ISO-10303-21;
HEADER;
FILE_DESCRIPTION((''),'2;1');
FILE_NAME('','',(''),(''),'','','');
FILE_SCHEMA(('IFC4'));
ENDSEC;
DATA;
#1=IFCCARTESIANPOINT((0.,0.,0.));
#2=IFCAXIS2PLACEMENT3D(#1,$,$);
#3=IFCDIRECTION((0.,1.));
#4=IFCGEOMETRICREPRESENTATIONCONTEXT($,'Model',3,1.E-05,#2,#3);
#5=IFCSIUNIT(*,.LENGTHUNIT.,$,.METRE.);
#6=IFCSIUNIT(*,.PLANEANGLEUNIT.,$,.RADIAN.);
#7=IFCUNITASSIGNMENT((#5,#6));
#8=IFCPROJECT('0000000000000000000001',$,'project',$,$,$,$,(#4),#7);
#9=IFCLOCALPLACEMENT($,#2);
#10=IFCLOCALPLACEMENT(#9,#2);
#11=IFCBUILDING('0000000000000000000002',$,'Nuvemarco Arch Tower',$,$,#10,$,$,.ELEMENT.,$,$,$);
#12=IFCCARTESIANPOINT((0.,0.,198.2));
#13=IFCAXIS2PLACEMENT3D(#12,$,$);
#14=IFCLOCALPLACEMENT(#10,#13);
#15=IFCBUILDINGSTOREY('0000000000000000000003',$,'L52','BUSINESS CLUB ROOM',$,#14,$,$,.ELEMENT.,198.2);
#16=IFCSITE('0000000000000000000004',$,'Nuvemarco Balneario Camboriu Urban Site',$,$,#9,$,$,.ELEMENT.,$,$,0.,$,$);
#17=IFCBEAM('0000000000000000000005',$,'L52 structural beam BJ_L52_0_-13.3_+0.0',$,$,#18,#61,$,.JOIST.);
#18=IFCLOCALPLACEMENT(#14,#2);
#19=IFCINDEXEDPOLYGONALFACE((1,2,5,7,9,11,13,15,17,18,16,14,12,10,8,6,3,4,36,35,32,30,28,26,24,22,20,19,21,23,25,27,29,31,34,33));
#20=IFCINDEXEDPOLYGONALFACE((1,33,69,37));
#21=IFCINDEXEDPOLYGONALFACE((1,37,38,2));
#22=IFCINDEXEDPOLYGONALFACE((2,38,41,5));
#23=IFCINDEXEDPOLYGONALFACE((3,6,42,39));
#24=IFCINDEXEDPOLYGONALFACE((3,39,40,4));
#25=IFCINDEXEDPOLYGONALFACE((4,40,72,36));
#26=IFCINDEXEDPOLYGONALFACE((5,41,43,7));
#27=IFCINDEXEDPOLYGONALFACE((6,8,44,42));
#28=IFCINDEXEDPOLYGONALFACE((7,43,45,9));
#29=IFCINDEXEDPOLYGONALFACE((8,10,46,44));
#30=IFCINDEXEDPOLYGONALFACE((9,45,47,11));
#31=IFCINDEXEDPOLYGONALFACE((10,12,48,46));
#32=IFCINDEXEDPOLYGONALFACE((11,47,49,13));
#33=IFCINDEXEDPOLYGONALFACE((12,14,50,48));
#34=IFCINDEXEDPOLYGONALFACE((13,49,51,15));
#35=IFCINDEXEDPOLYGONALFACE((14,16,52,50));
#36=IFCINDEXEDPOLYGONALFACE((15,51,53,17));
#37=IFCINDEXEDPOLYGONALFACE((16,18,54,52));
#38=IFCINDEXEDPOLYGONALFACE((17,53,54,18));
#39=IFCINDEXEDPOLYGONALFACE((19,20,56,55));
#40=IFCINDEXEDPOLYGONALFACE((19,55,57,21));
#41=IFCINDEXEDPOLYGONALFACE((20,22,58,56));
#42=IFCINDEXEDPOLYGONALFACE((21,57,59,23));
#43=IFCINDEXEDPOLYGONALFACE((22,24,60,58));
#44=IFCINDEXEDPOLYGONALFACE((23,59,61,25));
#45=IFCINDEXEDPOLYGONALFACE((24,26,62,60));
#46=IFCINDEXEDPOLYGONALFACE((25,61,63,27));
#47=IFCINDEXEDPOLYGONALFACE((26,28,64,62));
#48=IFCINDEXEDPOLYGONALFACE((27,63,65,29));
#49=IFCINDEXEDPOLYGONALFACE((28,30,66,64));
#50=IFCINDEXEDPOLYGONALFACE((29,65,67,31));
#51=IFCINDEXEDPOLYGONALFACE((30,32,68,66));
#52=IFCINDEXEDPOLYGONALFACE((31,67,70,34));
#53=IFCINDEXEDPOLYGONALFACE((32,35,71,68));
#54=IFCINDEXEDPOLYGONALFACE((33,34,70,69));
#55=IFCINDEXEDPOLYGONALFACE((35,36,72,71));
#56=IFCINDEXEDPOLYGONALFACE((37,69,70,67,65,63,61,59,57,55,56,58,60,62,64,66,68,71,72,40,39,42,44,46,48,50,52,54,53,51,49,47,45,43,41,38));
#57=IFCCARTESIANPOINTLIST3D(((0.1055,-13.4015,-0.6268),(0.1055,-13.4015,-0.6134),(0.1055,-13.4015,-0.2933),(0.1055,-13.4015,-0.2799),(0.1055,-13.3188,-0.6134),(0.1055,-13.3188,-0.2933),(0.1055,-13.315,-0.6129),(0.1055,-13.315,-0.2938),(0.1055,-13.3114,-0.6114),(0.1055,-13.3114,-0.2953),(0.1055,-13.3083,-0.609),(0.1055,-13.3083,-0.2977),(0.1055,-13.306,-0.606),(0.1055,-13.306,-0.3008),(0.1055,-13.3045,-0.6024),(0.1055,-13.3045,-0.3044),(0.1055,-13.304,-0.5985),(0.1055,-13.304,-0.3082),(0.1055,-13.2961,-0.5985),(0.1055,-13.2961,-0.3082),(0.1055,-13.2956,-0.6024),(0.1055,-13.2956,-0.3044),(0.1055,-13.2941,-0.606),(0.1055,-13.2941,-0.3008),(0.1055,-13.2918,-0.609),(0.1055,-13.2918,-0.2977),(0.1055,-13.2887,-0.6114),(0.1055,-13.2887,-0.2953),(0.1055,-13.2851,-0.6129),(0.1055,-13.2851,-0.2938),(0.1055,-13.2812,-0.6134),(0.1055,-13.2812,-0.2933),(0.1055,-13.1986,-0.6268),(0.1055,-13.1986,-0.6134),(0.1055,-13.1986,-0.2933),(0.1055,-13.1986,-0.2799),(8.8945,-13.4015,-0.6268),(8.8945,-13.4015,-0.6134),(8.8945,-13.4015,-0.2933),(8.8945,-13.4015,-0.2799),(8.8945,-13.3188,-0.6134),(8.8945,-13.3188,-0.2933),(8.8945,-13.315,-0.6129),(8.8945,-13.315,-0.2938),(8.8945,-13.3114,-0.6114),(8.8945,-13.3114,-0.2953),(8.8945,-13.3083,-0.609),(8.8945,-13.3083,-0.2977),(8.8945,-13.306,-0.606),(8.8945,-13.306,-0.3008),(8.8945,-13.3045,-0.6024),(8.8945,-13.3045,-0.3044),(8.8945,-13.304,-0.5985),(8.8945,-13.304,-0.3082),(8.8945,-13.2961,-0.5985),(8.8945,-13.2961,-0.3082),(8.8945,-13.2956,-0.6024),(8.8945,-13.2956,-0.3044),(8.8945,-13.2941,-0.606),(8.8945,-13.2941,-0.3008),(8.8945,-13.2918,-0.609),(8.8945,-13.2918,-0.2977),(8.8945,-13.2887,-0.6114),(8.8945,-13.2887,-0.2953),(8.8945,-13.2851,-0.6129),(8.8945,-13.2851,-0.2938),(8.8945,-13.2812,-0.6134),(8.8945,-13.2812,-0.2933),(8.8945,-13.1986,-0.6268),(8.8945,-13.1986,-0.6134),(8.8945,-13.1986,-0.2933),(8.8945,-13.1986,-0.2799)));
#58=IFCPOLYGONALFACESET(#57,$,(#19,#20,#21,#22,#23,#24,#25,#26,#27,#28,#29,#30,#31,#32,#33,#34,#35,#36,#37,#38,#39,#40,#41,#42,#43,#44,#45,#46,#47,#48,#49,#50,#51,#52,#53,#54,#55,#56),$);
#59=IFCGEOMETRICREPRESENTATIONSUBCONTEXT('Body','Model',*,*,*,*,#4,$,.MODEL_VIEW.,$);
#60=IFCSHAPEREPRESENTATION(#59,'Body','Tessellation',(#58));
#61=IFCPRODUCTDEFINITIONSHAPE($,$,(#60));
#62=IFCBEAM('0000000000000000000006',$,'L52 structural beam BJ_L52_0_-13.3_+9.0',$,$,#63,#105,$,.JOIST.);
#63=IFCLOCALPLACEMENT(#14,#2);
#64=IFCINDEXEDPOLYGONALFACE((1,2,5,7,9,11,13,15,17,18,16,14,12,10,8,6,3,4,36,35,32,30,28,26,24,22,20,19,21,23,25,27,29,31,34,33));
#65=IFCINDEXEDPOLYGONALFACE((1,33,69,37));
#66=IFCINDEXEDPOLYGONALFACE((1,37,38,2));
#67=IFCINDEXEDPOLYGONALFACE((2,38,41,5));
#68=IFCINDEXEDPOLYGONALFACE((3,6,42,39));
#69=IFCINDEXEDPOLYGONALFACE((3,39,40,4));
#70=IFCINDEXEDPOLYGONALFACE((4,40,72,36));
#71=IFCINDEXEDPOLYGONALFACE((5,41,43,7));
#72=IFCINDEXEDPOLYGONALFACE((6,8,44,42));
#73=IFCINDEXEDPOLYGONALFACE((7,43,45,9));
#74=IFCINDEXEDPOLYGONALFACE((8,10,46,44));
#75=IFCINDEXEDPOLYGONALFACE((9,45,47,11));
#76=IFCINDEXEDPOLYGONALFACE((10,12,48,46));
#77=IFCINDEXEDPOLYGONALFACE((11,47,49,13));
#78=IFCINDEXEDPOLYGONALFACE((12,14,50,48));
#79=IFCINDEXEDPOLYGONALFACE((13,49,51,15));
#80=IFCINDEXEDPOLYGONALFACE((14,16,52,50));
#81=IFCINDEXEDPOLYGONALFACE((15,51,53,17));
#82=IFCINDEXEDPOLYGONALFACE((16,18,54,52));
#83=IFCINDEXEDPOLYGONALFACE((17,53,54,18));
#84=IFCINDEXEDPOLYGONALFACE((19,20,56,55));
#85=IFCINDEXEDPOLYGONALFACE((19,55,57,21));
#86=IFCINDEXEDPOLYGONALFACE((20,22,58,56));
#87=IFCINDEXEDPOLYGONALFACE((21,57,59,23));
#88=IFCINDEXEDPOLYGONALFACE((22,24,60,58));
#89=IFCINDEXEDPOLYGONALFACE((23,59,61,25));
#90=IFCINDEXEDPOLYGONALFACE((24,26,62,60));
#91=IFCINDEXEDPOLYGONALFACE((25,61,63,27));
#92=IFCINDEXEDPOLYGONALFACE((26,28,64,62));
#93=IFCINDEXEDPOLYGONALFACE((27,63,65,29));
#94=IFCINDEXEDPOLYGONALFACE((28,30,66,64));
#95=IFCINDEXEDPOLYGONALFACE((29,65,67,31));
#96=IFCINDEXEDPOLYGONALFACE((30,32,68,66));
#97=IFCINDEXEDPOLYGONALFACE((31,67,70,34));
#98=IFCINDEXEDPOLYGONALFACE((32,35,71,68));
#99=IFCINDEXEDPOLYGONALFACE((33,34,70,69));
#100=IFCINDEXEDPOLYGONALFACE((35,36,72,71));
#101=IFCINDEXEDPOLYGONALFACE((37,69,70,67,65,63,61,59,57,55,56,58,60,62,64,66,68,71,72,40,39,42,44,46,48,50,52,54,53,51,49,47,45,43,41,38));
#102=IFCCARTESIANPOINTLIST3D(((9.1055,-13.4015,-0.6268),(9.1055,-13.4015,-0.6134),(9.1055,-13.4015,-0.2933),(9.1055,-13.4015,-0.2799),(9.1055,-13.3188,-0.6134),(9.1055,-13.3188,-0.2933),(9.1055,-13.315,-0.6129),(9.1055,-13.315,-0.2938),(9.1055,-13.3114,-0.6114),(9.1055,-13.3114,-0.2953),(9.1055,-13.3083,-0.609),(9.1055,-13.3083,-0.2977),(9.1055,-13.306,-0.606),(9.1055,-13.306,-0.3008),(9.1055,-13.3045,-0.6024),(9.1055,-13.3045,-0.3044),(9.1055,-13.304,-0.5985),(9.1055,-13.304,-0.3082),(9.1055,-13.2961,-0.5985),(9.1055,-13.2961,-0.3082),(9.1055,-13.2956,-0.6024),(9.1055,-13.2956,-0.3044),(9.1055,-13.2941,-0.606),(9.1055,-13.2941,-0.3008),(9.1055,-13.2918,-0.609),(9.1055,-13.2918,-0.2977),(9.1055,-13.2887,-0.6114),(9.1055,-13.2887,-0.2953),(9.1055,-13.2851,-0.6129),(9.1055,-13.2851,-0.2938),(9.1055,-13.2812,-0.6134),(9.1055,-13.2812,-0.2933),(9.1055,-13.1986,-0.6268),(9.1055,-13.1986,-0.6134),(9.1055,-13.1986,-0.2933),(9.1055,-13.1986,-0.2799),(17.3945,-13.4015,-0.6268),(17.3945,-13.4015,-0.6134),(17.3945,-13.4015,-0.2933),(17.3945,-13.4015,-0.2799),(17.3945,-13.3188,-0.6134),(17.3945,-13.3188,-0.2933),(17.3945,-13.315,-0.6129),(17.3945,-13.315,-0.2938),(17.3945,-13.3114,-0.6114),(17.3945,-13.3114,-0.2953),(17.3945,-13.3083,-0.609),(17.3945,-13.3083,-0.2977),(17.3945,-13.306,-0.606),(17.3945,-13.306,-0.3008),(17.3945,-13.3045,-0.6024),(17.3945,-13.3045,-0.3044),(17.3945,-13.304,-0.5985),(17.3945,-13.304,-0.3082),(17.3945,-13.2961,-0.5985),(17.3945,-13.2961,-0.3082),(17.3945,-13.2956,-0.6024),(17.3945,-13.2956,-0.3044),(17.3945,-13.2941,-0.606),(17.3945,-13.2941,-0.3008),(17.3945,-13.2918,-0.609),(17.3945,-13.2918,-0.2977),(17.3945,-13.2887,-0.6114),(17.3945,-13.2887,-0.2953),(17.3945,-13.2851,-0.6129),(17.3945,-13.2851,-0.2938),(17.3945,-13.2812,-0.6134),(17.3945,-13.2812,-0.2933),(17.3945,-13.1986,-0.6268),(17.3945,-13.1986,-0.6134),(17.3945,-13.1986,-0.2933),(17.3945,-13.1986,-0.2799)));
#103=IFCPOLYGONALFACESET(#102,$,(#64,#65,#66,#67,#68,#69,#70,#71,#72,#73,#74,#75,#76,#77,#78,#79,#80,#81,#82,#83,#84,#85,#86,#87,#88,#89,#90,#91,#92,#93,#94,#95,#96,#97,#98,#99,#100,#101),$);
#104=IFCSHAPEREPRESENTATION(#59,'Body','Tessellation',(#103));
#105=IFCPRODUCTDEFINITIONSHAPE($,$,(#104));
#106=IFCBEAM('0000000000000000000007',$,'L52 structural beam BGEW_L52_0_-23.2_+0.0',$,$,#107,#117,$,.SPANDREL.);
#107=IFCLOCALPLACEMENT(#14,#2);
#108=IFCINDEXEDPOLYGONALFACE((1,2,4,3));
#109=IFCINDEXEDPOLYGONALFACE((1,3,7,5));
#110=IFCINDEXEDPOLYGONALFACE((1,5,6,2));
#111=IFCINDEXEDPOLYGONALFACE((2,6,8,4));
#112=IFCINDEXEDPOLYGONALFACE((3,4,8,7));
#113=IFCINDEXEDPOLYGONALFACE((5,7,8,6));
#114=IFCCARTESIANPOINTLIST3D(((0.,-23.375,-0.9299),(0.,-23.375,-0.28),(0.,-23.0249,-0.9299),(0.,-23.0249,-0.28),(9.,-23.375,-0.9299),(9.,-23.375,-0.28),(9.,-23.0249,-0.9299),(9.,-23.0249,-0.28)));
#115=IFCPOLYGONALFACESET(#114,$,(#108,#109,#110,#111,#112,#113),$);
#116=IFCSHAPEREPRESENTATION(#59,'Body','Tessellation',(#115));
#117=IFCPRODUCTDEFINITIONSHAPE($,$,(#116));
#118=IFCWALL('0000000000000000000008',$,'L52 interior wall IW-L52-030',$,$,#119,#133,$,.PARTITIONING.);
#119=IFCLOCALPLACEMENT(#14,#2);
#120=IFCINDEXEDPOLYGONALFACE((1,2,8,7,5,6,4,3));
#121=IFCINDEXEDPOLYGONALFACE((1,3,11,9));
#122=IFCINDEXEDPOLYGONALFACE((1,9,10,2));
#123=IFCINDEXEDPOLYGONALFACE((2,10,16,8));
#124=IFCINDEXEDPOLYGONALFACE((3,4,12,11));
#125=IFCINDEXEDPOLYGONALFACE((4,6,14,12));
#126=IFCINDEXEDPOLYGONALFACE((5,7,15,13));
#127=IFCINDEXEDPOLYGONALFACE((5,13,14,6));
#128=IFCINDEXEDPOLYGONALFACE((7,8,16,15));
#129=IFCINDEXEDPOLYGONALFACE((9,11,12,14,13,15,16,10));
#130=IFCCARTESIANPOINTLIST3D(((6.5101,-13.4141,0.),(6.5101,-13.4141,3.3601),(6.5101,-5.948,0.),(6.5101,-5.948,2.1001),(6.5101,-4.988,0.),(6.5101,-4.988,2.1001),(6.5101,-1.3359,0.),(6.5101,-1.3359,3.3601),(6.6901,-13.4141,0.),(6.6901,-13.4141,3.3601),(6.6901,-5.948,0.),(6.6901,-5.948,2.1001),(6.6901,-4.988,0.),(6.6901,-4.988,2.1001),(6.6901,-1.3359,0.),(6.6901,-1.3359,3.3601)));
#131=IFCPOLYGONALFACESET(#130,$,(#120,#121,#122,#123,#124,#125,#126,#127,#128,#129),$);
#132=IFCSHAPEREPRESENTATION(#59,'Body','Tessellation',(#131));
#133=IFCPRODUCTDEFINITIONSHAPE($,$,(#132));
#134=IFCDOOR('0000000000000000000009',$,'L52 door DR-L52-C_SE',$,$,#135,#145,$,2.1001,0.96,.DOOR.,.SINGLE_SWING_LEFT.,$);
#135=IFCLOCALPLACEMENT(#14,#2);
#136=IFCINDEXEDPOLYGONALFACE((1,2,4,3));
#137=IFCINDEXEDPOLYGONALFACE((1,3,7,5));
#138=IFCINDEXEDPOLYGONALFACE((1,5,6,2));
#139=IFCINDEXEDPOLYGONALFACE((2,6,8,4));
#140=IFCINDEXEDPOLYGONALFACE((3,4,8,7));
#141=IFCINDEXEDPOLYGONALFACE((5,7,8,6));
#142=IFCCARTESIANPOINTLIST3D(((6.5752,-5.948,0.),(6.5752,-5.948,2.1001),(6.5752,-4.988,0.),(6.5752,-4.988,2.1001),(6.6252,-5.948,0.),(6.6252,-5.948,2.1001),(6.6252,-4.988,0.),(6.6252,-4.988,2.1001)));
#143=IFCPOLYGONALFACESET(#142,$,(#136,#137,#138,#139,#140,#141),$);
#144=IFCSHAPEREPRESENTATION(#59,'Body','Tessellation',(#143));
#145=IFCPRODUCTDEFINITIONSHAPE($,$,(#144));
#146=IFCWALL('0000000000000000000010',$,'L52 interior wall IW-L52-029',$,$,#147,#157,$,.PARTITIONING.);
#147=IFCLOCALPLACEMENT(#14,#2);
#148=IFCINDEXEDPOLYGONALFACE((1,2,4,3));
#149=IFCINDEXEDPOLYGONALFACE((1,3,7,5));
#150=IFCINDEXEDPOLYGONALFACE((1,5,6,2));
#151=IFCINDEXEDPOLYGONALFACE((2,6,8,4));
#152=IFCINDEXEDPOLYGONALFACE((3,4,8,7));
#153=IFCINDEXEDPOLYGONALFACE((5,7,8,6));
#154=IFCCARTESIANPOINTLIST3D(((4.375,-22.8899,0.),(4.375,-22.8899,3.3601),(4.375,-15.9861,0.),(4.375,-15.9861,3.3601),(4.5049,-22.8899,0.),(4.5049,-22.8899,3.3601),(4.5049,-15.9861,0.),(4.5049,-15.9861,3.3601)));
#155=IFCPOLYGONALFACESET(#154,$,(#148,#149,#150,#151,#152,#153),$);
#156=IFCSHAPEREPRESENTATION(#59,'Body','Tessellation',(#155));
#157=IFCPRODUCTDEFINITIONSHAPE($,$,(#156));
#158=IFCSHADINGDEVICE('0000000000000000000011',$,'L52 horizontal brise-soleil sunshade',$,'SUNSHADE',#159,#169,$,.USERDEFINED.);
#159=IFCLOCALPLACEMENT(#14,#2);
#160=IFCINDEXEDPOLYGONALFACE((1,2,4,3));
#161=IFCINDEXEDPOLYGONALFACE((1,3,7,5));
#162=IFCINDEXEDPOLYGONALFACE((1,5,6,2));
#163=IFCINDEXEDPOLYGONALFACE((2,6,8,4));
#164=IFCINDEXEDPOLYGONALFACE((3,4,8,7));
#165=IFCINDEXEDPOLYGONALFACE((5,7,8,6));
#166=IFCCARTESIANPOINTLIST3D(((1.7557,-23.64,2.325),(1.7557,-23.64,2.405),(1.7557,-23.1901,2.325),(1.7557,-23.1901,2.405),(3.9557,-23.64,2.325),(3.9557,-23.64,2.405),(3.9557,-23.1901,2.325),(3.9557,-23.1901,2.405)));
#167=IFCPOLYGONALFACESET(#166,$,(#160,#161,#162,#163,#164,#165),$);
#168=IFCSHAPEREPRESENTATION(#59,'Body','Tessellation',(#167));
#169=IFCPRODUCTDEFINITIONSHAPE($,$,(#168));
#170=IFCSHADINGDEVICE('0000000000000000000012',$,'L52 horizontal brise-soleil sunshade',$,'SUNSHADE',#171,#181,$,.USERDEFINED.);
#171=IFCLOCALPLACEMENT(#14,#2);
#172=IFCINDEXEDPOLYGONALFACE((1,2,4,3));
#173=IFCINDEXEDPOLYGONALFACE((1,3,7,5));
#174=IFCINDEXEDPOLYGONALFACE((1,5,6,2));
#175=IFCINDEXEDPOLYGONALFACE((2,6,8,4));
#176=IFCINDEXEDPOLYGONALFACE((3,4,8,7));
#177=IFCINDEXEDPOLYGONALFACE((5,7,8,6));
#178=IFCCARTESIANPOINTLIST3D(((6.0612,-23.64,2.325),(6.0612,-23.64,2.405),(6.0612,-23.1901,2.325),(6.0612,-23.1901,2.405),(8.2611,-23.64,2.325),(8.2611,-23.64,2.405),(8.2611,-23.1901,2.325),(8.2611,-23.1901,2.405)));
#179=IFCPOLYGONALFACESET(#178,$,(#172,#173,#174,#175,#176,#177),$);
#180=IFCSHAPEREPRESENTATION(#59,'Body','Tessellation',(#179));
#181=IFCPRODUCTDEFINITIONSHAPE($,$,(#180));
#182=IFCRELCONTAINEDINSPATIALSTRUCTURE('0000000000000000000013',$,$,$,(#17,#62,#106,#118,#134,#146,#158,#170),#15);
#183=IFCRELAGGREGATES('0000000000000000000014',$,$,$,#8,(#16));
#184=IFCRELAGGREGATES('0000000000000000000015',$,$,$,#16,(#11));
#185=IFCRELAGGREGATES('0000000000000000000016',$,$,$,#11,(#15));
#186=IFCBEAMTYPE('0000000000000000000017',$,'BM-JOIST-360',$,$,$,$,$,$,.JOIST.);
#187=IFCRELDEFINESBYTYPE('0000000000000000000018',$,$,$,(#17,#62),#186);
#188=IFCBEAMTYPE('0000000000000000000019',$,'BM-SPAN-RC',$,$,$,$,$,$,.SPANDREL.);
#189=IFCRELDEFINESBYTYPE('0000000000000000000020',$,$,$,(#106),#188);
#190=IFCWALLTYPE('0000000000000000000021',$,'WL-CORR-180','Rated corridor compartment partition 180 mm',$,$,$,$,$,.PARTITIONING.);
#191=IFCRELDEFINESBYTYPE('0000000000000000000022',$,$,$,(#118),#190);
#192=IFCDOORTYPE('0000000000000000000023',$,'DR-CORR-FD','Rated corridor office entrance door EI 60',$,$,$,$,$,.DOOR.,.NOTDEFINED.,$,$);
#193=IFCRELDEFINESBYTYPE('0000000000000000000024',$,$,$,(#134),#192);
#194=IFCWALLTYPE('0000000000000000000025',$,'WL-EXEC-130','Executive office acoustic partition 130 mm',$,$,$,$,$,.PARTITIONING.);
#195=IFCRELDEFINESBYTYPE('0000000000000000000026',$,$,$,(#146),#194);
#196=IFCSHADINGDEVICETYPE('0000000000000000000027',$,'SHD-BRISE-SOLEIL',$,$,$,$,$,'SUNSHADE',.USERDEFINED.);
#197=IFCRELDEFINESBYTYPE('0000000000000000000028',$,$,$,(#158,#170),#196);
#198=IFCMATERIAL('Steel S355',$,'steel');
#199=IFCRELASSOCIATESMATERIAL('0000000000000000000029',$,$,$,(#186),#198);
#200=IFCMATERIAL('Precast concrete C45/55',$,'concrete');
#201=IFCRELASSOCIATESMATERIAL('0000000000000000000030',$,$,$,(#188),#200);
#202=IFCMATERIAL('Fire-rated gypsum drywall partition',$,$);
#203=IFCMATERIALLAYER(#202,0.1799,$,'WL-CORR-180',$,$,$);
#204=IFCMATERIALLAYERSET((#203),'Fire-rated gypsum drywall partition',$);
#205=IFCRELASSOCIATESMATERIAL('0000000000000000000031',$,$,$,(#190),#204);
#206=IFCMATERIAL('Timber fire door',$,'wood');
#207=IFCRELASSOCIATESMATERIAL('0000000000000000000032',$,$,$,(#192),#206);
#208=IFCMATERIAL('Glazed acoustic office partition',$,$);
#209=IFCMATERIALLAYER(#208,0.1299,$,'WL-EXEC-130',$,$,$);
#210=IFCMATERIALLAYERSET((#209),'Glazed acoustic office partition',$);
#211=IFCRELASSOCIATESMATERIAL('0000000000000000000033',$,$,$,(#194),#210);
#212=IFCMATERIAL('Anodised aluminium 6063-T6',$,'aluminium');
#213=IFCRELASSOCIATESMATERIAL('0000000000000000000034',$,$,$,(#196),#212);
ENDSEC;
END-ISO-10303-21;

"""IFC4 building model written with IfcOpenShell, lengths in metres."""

from ifc_helpers import new_model, si_unit, direction, frame, frame_2d, origin, origin_2d, place, context, subcontext, project, spatial, rectangle, i_section, extrude, source, transform, mapped, material, layer, layer_set, material_profile, profile_set, type_object, type_shapes, element, fill, save


model = new_model("IFC4")

# Units and contexts
model_context = context("Model", 3, precision=1e-05, world=origin(), true_north=direction((0.0, 1.0)))
body_context = subcontext(model_context, "Body", "Model", "MODEL_VIEW")
ifc_project = project(units=[si_unit("LENGTHUNIT", "METRE"), si_unit("PLANEANGLEUNIT", "RADIAN")], contexts=[model_context])

# Site, building, storey
site_placement = place(None, origin())
site = spatial("IfcSite", under=ifc_project, at=site_placement, Name="Nuvemarco Balneario Camboriu Urban Site", CompositionType="ELEMENT", RefElevation=0.0)
building_placement = place(site_placement, origin())
building = spatial("IfcBuilding", under=site, at=building_placement, Name="Nuvemarco Arch Tower", CompositionType="ELEMENT")
storey_placement = place(building_placement, frame((0.0, 0.0, 198.2)))
storey = spatial("IfcBuildingStorey", under=building, at=storey_placement, Name="L52", Description="BUSINESS CLUB ROOM", CompositionType="ELEMENT", Elevation=198.2)

# Shared definitions
ifc_material_1 = material(Name="Steel S355", Category="steel")

# Beams
ifc_material_profile_1 = material_profile(ifc_material_1, i_section(OverallWidth=0.2029, OverallDepth=0.3469, WebThickness=0.0078, FlangeThickness=0.0134, FilletRadius=0.0149, at=origin_2d()), Name="W360x64")
ifc_profile_set_1 = profile_set([ifc_material_profile_1], Name="Steel S355")
beam_type_1 = type_object("IfcBeamType", Name="BM-JOIST-360", PredefinedType="JOIST", material=ifc_profile_set_1)
beam_1_placement = place(storey_placement, frame((0.1055, -13.3, -0.4534), z_axis=(1.0, 0.0, 0.0), x_axis=(0.0, 1.0, 0.0)))
element("IfcBeam", 1, at=beam_1_placement, inside=storey, type_object=beam_type_1, Name="L52 structural beam BJ_L52_0_-13.3_+0.0", PredefinedType="JOIST", context=body_context, shape_type="SweptSolid", body=[
    extrude(i_section(OverallWidth=0.2029, OverallDepth=0.3469, WebThickness=0.0078, FlangeThickness=0.0134, FilletRadius=0.0149, at=origin_2d()), origin(), (0.0, 0.0, 1.0), 8.7891),
])
beam_2_placement = place(storey_placement, frame((9.1055, -13.3, -0.4534), z_axis=(1.0, 0.0, 0.0), x_axis=(0.0, 1.0, 0.0)))
element("IfcBeam", 2, at=beam_2_placement, inside=storey, type_object=beam_type_1, Name="L52 structural beam BJ_L52_0_-13.3_+9.0", PredefinedType="JOIST", context=body_context, shape_type="SweptSolid", body=[
    extrude(i_section(OverallWidth=0.2029, OverallDepth=0.3469, WebThickness=0.0078, FlangeThickness=0.0134, FilletRadius=0.0149, at=origin_2d()), origin(), (0.0, 0.0, 1.0), 8.2891),
])
ifc_material_2 = material(Name="Precast concrete C45/55", Category="concrete")
ifc_material_profile_2 = material_profile(ifc_material_2, rectangle(XDim=0.3501, YDim=0.6499, at=origin_2d()), Name="PC-SP-350x650")
ifc_profile_set_2 = profile_set([ifc_material_profile_2], Name="Precast concrete C45/55")
beam_type_2 = type_object("IfcBeamType", Name="BM-SPAN-RC", PredefinedType="SPANDREL", material=ifc_profile_set_2)
beam_3_placement = place(storey_placement, frame((0.0, -23.2, -0.605), z_axis=(1.0, 0.0, 0.0), x_axis=(0.0, 1.0, 0.0)))
element("IfcBeam", 3, at=beam_3_placement, inside=storey, type_object=beam_type_2, Name="L52 structural beam BGEW_L52_0_-23.2_+0.0", PredefinedType="SPANDREL", context=body_context, shape_type="SweptSolid", body=[
    extrude(rectangle(XDim=0.3501, YDim=0.6499, at=origin_2d()), origin(), (0.0, 0.0, 1.0), 9.0),
])

# Wall, opening, door
ifc_material_3 = material(Name="Fire-rated gypsum drywall partition")
ifc_layer_1 = layer(ifc_material_3, 0.1799, Name="WL-CORR-180")
ifc_layer_set_1 = layer_set([ifc_layer_1], Name="Fire-rated gypsum drywall partition")
wall_type_1 = type_object("IfcWallType", Name="WL-CORR-180", Description="Rated corridor compartment partition 180 mm", PredefinedType="PARTITIONING", material=ifc_layer_set_1)
wall_1_placement = place(storey_placement, frame((6.6001, -13.4141, 0.0), z_axis=(0.0, 0.0, 1.0), x_axis=(0.0, 1.0, 0.0)))
wall_1 = element("IfcWall", 4, at=wall_1_placement, inside=storey, type_object=wall_type_1, Name="L52 interior wall IW-L52-030", PredefinedType="PARTITIONING", context=body_context, shape_type="SweptSolid", body=[
    extrude(rectangle(XDim=12.0781, YDim=0.1799, at=frame_2d((6.0391, 0.0))), origin(), (0.0, 0.0, 1.0), 3.3601),
])
opening_placement = place(wall_1_placement, frame((7.4661, 0.0, 0.0)))
opening = element("IfcOpeningElement", 5, at=opening_placement, cuts=wall_1, PredefinedType="OPENING", context=body_context, shape_type="SweptSolid", body=[
    extrude(rectangle(XDim=0.96, YDim=2.1001, at=frame_2d((0.48, 1.05))), frame((0.0, 0.0999, 0.0), z_axis=(0.0, -1.0, 0.0), x_axis=(1.0, 0.0, 0.0)), (0.0, 0.0, 1.0), 0.2),
])
ifc_material_4 = material(Name="Timber fire door", Category="wood")
door_type = type_object("IfcDoorType", Name="DR-CORR-FD", Description="Rated corridor office entrance door EI 60", OperationType="NOTDEFINED", PredefinedType="DOOR", material=ifc_material_4)
shared_shape_1 = source(origin(), body_context, "Body", "SweptSolid", [
    extrude(rectangle(XDim=0.96, YDim=2.1001, at=frame_2d((0.48, 1.05))), frame((0.0, 0.0249, 0.0), z_axis=(0.0, -1.0, 0.0), x_axis=(1.0, 0.0, 0.0)), (0.0, 0.0, 1.0), 0.05),
])
type_shapes(door_type, [shared_shape_1])
door_placement = place(opening_placement, origin())
door = element("IfcDoor", 6, at=door_placement, inside=storey, type_object=door_type, Name="L52 door DR-L52-C_SE", OperationType="SINGLE_SWING_LEFT", OverallHeight=2.1001, OverallWidth=0.96, PredefinedType="DOOR", context=body_context, shape_type="MappedRepresentation", body=[
    mapped(shared_shape_1, transform((0.0, 0.0, 0.0), scale=1.0)),
])
fill(opening, door)

# Wall
ifc_material_5 = material(Name="Glazed acoustic office partition")
ifc_layer_2 = layer(ifc_material_5, 0.1299, Name="WL-EXEC-130")
ifc_layer_set_2 = layer_set([ifc_layer_2], Name="Glazed acoustic office partition")
wall_type_2 = type_object("IfcWallType", Name="WL-EXEC-130", Description="Executive office acoustic partition 130 mm", PredefinedType="PARTITIONING", material=ifc_layer_set_2)
wall_2_placement = place(storey_placement, frame((4.4399, -22.8899, 0.0), z_axis=(0.0, 0.0, 1.0), x_axis=(0.0, 1.0, 0.0)))
element("IfcWall", 7, at=wall_2_placement, inside=storey, type_object=wall_type_2, Name="L52 interior wall IW-L52-029", PredefinedType="PARTITIONING", context=body_context, shape_type="SweptSolid", body=[
    extrude(rectangle(XDim=6.9038, YDim=0.1299, at=frame_2d((3.4519, 0.0))), origin(), (0.0, 0.0, 1.0), 3.3601),
])

# Shading devices
ifc_material_6 = material(Name="Anodised aluminium 6063-T6", Category="aluminium")
shading_device_type = type_object("IfcShadingDeviceType", Name="SHD-BRISE-SOLEIL", ElementType="SUNSHADE", PredefinedType="USERDEFINED", material=ifc_material_6)
shared_shape_2 = source(origin(), body_context, "Body", "SweptSolid", [
    extrude(rectangle(XDim=2.2, YDim=0.45, at=origin_2d()), origin(), (0.0, 0.0, 1.0), 0.0801),
])
type_shapes(shading_device_type, [shared_shape_2])
for number, where, z_axis, x_axis, name in (
    (8, (2.8557, -23.415, 2.325), (0.0, 0.0, 1.0), (1.0, 0.0, 0.0), "L52 horizontal brise-soleil sunshade"),
    (9, (7.1611, -23.415, 2.325), (0.0, 0.0, 1.0), (1.0, 0.0, 0.0), "L52 horizontal brise-soleil sunshade"),
):
    element("IfcShadingDevice", number, at=place(storey_placement, frame(where, z_axis=z_axis, x_axis=x_axis)), inside=storey, type_object=shading_device_type, Name=name, ObjectType="SUNSHADE", PredefinedType="USERDEFINED", context=body_context, shape_type="MappedRepresentation", body=[
        mapped(shared_shape_2, transform((0.0, 0.0, 0.0), scale=1.0)),
    ])

save(model, "model.ifc")
